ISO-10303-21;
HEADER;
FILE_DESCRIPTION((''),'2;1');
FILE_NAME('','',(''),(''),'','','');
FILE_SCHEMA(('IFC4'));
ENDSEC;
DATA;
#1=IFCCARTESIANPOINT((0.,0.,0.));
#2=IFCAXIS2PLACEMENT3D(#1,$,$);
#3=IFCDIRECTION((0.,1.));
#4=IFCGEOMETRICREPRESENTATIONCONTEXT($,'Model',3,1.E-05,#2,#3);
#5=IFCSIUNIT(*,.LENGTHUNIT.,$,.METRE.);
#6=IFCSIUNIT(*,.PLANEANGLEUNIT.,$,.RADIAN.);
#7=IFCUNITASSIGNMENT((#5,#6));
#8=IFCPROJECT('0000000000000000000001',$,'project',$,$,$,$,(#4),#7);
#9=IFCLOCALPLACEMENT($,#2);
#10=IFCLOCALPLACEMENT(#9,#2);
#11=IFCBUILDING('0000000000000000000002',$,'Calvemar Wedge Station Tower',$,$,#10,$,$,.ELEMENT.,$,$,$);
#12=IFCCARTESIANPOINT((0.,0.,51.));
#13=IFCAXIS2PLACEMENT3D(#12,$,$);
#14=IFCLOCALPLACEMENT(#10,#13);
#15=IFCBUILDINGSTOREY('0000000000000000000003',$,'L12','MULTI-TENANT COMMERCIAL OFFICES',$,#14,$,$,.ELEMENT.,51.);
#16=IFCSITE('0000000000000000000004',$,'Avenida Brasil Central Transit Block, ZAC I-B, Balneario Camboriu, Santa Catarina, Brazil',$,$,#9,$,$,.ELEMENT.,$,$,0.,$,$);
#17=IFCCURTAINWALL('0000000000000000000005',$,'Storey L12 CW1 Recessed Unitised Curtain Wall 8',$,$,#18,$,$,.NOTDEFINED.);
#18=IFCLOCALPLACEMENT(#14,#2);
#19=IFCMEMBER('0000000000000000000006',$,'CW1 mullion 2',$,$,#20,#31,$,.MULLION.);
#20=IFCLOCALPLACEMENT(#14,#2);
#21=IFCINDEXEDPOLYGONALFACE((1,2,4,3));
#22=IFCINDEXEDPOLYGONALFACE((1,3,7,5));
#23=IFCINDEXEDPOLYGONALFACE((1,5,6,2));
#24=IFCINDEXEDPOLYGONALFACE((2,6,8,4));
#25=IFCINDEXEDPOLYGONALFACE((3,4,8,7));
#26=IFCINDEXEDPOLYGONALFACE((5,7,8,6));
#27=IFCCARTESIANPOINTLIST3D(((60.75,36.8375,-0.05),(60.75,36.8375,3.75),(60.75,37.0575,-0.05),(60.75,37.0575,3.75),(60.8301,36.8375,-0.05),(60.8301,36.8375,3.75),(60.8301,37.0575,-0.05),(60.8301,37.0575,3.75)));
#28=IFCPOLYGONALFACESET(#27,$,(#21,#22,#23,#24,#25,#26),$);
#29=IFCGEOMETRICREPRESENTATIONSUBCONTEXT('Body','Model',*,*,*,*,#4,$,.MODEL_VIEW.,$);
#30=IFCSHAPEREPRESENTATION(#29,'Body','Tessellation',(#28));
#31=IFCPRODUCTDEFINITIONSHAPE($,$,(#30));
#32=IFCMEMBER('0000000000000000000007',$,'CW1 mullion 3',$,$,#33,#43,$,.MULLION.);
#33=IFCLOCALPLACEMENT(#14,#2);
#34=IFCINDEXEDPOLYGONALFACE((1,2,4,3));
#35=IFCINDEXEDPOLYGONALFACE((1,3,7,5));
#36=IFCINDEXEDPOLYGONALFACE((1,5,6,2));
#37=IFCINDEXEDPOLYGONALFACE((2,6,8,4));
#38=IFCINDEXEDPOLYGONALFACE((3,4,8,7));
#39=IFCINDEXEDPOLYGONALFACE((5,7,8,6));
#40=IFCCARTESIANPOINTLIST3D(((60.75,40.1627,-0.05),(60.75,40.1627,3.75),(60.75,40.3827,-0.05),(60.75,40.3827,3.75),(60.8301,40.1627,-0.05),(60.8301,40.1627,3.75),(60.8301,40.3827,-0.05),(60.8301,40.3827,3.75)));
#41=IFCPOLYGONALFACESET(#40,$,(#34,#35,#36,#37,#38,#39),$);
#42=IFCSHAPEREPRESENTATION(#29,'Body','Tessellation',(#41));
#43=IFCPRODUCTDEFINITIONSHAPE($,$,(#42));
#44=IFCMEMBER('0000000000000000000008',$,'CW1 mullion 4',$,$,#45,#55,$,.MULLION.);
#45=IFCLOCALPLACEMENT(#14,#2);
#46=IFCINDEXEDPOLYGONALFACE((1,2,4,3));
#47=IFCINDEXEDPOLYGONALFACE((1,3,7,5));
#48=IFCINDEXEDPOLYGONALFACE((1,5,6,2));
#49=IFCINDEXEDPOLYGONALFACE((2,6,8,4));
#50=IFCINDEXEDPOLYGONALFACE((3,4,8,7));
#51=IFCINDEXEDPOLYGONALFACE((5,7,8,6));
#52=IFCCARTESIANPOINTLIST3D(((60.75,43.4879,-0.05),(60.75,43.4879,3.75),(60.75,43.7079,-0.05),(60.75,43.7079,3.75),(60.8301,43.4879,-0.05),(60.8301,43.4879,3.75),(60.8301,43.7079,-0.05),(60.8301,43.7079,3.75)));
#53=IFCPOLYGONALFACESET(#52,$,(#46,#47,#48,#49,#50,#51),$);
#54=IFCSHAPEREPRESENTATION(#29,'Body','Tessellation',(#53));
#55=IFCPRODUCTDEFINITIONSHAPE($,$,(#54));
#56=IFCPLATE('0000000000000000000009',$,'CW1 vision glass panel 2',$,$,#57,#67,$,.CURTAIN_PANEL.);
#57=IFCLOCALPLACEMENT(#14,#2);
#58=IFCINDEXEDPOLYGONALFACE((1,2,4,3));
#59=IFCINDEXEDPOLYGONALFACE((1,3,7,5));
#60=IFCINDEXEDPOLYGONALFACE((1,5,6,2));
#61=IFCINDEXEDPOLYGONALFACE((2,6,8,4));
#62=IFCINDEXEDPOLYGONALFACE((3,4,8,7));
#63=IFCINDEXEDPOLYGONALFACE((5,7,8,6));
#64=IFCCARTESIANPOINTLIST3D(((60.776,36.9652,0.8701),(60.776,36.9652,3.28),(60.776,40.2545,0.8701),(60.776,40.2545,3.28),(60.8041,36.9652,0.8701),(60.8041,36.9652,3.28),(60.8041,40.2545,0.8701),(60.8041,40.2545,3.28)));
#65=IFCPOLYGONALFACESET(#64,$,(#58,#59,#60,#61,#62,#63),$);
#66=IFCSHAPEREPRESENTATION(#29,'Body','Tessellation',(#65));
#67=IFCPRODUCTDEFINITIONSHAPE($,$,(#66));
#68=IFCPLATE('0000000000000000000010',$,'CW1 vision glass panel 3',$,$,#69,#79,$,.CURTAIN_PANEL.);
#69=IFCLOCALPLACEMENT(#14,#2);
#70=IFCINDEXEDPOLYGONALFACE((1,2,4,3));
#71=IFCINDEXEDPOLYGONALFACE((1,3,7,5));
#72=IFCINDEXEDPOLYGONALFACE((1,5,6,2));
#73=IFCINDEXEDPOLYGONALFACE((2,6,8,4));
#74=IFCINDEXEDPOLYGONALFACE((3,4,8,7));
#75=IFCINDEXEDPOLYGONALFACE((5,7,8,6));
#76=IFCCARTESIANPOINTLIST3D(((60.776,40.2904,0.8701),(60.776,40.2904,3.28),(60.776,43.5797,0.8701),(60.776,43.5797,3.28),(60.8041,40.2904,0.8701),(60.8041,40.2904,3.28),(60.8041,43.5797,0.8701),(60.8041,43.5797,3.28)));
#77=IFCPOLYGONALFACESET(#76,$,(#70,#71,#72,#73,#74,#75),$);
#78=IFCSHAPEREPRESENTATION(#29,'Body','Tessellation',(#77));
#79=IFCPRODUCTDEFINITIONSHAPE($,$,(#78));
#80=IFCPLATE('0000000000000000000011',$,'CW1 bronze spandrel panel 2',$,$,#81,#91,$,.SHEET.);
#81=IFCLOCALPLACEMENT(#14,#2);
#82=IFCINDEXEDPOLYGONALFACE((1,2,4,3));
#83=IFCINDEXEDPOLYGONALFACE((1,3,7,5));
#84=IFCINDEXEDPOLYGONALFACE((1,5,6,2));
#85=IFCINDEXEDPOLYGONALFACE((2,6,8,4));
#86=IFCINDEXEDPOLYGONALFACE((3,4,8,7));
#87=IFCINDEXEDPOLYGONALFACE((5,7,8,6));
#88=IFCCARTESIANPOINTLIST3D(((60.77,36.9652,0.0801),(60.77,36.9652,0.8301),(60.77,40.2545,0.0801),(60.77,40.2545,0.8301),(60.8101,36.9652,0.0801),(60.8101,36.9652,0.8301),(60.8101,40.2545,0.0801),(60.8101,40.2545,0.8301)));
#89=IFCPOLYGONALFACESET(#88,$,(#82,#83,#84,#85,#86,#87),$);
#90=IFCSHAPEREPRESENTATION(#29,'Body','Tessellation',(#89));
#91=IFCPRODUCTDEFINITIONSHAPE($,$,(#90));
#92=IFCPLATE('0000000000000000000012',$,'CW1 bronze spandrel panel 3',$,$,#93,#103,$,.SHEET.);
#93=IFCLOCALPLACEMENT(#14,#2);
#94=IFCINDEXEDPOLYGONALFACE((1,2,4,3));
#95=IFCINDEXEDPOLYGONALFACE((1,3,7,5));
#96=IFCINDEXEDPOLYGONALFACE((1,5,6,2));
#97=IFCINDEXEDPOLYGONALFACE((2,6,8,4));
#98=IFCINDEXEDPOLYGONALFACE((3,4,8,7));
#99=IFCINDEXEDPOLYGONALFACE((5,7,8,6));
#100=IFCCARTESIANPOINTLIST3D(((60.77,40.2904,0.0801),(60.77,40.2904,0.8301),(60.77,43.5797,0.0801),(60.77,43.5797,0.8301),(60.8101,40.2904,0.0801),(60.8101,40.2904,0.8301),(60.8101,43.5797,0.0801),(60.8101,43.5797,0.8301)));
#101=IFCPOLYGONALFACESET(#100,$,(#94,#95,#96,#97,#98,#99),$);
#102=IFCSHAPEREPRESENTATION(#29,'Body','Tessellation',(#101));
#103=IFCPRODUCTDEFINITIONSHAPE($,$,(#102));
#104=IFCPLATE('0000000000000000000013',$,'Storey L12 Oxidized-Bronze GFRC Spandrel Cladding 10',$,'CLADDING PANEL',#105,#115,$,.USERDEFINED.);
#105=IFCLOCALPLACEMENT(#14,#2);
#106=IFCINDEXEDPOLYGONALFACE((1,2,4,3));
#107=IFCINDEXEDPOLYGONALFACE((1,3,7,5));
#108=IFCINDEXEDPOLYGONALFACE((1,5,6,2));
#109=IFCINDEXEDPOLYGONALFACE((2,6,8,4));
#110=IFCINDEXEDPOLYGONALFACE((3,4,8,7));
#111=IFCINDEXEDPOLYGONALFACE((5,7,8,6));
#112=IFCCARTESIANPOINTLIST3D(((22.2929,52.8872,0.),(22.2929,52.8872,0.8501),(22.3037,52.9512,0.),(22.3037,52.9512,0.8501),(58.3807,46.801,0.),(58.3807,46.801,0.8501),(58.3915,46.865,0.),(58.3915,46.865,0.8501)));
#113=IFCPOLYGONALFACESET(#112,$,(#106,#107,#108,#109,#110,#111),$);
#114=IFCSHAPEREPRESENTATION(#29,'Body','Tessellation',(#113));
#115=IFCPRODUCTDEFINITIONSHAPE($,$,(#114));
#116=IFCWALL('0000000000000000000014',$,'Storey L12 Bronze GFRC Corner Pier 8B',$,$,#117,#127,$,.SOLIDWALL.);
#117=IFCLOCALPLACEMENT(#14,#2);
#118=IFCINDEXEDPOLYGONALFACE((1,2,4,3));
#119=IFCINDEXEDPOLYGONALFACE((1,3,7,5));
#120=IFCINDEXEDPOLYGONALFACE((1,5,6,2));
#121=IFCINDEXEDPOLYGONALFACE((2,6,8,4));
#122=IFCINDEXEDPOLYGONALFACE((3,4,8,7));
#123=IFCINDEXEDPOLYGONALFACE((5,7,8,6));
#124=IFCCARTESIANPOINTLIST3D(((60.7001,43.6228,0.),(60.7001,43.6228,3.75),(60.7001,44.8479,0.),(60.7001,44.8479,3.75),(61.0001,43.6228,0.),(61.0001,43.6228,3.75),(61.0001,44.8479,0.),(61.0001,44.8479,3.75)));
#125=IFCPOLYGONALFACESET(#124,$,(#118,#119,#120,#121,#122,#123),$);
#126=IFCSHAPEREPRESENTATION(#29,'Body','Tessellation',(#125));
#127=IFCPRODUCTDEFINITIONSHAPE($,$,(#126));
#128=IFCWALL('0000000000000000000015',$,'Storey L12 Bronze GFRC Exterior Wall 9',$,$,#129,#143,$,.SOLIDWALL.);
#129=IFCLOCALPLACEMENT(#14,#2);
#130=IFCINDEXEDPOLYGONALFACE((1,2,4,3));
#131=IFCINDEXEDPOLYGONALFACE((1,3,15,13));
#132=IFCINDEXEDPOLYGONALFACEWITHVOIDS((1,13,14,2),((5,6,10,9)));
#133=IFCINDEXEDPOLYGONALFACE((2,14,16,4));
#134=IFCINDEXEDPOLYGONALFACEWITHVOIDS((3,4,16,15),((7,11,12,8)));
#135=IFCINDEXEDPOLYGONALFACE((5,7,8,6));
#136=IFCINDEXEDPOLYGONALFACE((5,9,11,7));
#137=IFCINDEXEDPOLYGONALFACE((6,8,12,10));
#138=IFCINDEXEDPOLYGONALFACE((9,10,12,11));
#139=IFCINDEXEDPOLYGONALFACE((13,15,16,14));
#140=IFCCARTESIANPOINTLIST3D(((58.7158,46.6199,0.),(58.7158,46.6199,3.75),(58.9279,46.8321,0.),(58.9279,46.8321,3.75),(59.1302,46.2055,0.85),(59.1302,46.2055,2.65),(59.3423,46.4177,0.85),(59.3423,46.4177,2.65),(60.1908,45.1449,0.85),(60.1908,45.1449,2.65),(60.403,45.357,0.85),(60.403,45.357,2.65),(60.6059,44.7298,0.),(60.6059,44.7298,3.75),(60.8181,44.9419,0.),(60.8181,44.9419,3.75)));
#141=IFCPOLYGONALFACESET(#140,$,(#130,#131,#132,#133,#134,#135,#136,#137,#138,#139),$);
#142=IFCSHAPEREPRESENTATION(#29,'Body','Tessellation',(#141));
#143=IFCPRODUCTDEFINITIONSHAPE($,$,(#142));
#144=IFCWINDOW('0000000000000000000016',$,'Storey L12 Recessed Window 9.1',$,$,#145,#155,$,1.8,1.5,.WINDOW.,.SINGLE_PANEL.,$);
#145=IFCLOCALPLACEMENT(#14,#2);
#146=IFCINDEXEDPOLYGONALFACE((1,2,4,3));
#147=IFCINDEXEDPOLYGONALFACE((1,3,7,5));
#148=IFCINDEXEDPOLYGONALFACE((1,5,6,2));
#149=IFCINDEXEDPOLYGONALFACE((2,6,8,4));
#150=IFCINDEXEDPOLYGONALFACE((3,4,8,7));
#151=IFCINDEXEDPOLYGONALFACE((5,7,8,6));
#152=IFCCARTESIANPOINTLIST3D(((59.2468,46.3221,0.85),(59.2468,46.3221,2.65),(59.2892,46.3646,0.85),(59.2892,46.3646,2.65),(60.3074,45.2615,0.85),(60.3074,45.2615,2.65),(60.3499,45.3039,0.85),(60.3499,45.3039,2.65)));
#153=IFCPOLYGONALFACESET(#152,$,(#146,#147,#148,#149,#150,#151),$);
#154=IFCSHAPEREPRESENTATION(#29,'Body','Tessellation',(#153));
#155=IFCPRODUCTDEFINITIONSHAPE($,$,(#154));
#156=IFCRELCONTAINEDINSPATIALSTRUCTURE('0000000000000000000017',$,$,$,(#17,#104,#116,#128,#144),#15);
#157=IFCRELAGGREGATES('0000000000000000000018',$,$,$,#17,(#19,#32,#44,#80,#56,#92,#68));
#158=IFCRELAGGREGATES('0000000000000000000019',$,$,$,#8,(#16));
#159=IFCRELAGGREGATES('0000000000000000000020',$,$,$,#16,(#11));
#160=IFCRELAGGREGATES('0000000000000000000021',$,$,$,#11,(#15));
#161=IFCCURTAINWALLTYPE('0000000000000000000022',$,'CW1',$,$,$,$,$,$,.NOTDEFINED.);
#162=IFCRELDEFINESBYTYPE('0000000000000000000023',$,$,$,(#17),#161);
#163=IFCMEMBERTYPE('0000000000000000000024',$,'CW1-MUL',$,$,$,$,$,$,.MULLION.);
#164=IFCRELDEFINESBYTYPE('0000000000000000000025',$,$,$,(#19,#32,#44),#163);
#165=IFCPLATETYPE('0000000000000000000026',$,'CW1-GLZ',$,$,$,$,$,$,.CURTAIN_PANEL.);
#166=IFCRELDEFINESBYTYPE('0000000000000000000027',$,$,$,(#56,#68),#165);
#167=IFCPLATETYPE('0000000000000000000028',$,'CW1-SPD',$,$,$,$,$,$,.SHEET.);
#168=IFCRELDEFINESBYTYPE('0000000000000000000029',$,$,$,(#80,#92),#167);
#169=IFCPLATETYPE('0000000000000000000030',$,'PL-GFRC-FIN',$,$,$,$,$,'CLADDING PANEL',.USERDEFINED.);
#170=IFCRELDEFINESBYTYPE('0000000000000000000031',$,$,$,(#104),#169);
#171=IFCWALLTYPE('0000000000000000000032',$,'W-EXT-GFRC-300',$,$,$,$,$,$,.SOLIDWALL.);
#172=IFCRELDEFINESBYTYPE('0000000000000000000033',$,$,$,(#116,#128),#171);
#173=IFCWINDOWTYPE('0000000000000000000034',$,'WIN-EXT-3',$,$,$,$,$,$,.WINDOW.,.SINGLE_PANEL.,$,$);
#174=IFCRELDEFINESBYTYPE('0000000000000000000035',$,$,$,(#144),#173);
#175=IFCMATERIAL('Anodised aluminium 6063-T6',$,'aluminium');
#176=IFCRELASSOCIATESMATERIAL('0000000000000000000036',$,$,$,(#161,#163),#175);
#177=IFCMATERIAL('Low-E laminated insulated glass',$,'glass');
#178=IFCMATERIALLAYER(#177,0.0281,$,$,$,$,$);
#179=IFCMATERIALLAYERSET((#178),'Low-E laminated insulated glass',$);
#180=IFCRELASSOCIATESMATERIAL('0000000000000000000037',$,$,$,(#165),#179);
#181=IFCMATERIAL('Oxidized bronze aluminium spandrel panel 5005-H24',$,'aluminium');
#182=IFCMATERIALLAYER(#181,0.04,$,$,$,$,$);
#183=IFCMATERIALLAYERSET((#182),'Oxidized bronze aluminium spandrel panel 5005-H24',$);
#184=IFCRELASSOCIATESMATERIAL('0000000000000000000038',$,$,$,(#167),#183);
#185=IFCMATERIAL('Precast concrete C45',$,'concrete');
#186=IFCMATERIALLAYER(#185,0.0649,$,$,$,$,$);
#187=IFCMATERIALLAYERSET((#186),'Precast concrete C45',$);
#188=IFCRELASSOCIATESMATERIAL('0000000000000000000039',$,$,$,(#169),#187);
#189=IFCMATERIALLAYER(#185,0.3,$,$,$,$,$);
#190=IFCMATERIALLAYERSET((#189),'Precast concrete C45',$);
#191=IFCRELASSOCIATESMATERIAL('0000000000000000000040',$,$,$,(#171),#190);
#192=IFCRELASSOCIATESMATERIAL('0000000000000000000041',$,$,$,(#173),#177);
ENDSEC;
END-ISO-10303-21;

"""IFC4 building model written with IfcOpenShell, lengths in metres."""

from ifc_helpers import new_model, si_unit, direction, frame, frame_2d, origin, origin_2d, place, context, subcontext, project, spatial, rectangle, extrude, source, transform, mapped, material, layer, layer_set, material_profile, profile_set, type_object, element, fill, aggregate, save


model = new_model("IFC4")

# Units and contexts
model_context = context("Model", 3, precision=1e-05, world=origin(), true_north=direction((0.0, 1.0)))
body_context = subcontext(model_context, "Body", "Model", "MODEL_VIEW")
ifc_project = project(units=[si_unit("LENGTHUNIT", "METRE"), si_unit("PLANEANGLEUNIT", "RADIAN")], contexts=[model_context])

# Site, building, storey
site_placement = place(None, origin())
site = spatial("IfcSite", under=ifc_project, at=site_placement, Name="Avenida Brasil Central Transit Block, ZAC I-B, Balneario Camboriu, Santa Catarina, Brazil", CompositionType="ELEMENT", RefElevation=0.0)
building_placement = place(site_placement, origin())
building = spatial("IfcBuilding", under=site, at=building_placement, Name="Calvemar Wedge Station Tower", CompositionType="ELEMENT")
storey_placement = place(building_placement, frame((0.0, 0.0, 51.0)))
storey = spatial("IfcBuildingStorey", under=building, at=storey_placement, Name="L12", Description="MULTI-TENANT COMMERCIAL OFFICES", CompositionType="ELEMENT", Elevation=51.0)

# Curtain wall, members, plates
ifc_material_1 = material(Name="Anodised aluminium 6063-T6", Category="aluminium")
curtain_wall_type = type_object("IfcCurtainWallType", Name="CW1", PredefinedType="NOTDEFINED", material=ifc_material_1)
curtain_wall_placement = place(storey_placement, origin())
curtain_wall = element("IfcCurtainWall", 1, at=curtain_wall_placement, inside=storey, type_object=curtain_wall_type, Name="Storey L12 CW1 Recessed Unitised Curtain Wall 8", PredefinedType="NOTDEFINED")
ifc_material_profile = material_profile(ifc_material_1, rectangle(XDim=0.0801, YDim=0.22, at=origin_2d()), Name="AL-MUL-80x220")
ifc_profile_set = profile_set([ifc_material_profile], Name="Anodised aluminium 6063-T6")
member_type = type_object("IfcMemberType", Name="CW1-MUL", PredefinedType="MULLION", material=ifc_profile_set)
shared_shape_1 = source(origin(), body_context, "Body", "SweptSolid", [
    extrude(rectangle(XDim=0.0801, YDim=0.22, at=origin_2d()), origin(), (0.0, 0.0, 1.0), 3.8),
])
member_1_placement = place(storey_placement, frame((60.79, 36.9475, -0.05), z_axis=(0.0, 0.0, 1.0), x_axis=(1.0, 0.0, 0.0)))
member_1 = element("IfcMember", 2, at=member_1_placement, type_object=member_type, Name="CW1 mullion 2", PredefinedType="MULLION", context=body_context, shape_type="MappedRepresentation", body=[
    mapped(shared_shape_1, transform((0.0, 0.0, 0.0), scale=1.0)),
])
member_2_placement = place(storey_placement, frame((60.79, 40.2727, -0.05), z_axis=(0.0, 0.0, 1.0), x_axis=(1.0, 0.0, 0.0)))
member_2 = element("IfcMember", 3, at=member_2_placement, type_object=member_type, Name="CW1 mullion 3", PredefinedType="MULLION", context=body_context, shape_type="MappedRepresentation", body=[
    mapped(shared_shape_1, transform((0.0, 0.0, 0.0), scale=1.0)),
])
member_3_placement = place(storey_placement, frame((60.79, 43.5979, -0.05), z_axis=(0.0, 0.0, 1.0), x_axis=(1.0, 0.0, 0.0)))
member_3 = element("IfcMember", 4, at=member_3_placement, type_object=member_type, Name="CW1 mullion 4", PredefinedType="MULLION", context=body_context, shape_type="MappedRepresentation", body=[
    mapped(shared_shape_1, transform((0.0, 0.0, 0.0), scale=1.0)),
])
ifc_material_2 = material(Name="Low-E laminated insulated glass", Category="glass")
ifc_layer_1 = layer(ifc_material_2, 0.0281)
ifc_layer_set_1 = layer_set([ifc_layer_1], Name="Low-E laminated insulated glass")
plate_type_1 = type_object("IfcPlateType", Name="CW1-GLZ", PredefinedType="CURTAIN_PANEL", material=ifc_layer_set_1)
plate_1_placement = place(storey_placement, frame((60.79, 36.9653, 0.8701), z_axis=(0.0, 0.0, 1.0), x_axis=(0.0, 1.0, 0.0)))
plate_1 = element("IfcPlate", 5, at=plate_1_placement, type_object=plate_type_1, Name="CW1 vision glass panel 2", PredefinedType="CURTAIN_PANEL", context=body_context, shape_type="SweptSolid", body=[
    extrude(rectangle(XDim=3.2893, YDim=0.0281, at=frame_2d((1.6445, 0.0))), origin(), (0.0, 0.0, 1.0), 2.4099),
])
plate_2_placement = place(storey_placement, frame((60.79, 40.2905, 0.8701), z_axis=(0.0, 0.0, 1.0), x_axis=(0.0, 1.0, 0.0)))
plate_2 = element("IfcPlate", 6, at=plate_2_placement, type_object=plate_type_1, Name="CW1 vision glass panel 3", PredefinedType="CURTAIN_PANEL", context=body_context, shape_type="SweptSolid", body=[
    extrude(rectangle(XDim=3.2893, YDim=0.0281, at=frame_2d((1.6445, 0.0))), origin(), (0.0, 0.0, 1.0), 2.4099),
])
ifc_material_3 = material(Name="Oxidized bronze aluminium spandrel panel 5005-H24", Category="aluminium")
ifc_layer_2 = layer(ifc_material_3, 0.04)
ifc_layer_set_2 = layer_set([ifc_layer_2], Name="Oxidized bronze aluminium spandrel panel 5005-H24")
plate_type_2 = type_object("IfcPlateType", Name="CW1-SPD", PredefinedType="SHEET", material=ifc_layer_set_2)
plate_3_placement = place(storey_placement, frame((60.79, 36.9653, 0.0801), z_axis=(0.0, 0.0, 1.0), x_axis=(0.0, 1.0, 0.0)))
plate_3 = element("IfcPlate", 7, at=plate_3_placement, type_object=plate_type_2, Name="CW1 bronze spandrel panel 2", PredefinedType="SHEET", context=body_context, shape_type="SweptSolid", body=[
    extrude(rectangle(XDim=3.2893, YDim=0.04, at=frame_2d((1.6445, 0.0))), origin(), (0.0, 0.0, 1.0), 0.75),
])
plate_4_placement = place(storey_placement, frame((60.79, 40.2905, 0.0801), z_axis=(0.0, 0.0, 1.0), x_axis=(0.0, 1.0, 0.0)))
plate_4 = element("IfcPlate", 8, at=plate_4_placement, type_object=plate_type_2, Name="CW1 bronze spandrel panel 3", PredefinedType="SHEET", context=body_context, shape_type="SweptSolid", body=[
    extrude(rectangle(XDim=3.2893, YDim=0.04, at=frame_2d((1.6445, 0.0))), origin(), (0.0, 0.0, 1.0), 0.75),
])
aggregate(curtain_wall, [member_1, member_2, member_3, plate_3, plate_1, plate_4, plate_2])

# Plate
ifc_material_4 = material(Name="Precast concrete C45", Category="concrete")
ifc_layer_3 = layer(ifc_material_4, 0.0649)
ifc_layer_set_3 = layer_set([ifc_layer_3], Name="Precast concrete C45")
plate_type_3 = type_object("IfcPlateType", Name="PL-GFRC-FIN", ElementType="CLADDING PANEL", PredefinedType="USERDEFINED", material=ifc_layer_set_3)
plate_5_placement = place(storey_placement, frame((58.3862, 46.833, 0.0), z_axis=(0.0, 0.0, 1.0), x_axis=(-0.986075, 0.1663, 0.0)))
element("IfcPlate", 9, at=plate_5_placement, inside=storey, type_object=plate_type_3, Name="Storey L12 Oxidized-Bronze GFRC Spandrel Cladding 10", ObjectType="CLADDING PANEL", PredefinedType="USERDEFINED", context=body_context, shape_type="SweptSolid", body=[
    extrude(rectangle(XDim=36.5974, YDim=0.0649, at=frame_2d((18.2988, 0.0))), origin(), (0.0, 0.0, 1.0), 0.8501),
])

# Wall
ifc_layer_4 = layer(ifc_material_4, 0.3)
ifc_layer_set_4 = layer_set([ifc_layer_4], Name="Precast concrete C45")
wall_type_1 = type_object("IfcWallType", Name="W-EXT-GFRC-300", PredefinedType="SOLIDWALL", material=ifc_layer_set_4)
wall_1_placement = place(storey_placement, frame((60.8501, 43.6228, 0.0), z_axis=(0.0, 0.0, 1.0), x_axis=(0.0, 1.0, 0.0)))
element("IfcWall", 10, at=wall_1_placement, inside=storey, type_object=wall_type_1, Name="Storey L12 Bronze GFRC Corner Pier 8B", PredefinedType="SOLIDWALL", context=body_context, shape_type="SweptSolid", body=[
    extrude(rectangle(XDim=1.2251, YDim=0.3, at=frame_2d((0.6125, 0.0))), origin(), (0.0, 0.0, 1.0), 3.75),
])

# Wall, opening, window
wall_2_placement = place(storey_placement, frame((60.7119, 44.8359, 0.0), z_axis=(0.0, 0.0, 1.0), x_axis=(-0.707107, 0.707107, 0.0)))
wall_2 = element("IfcWall", 11, at=wall_2_placement, inside=storey, type_object=wall_type_1, Name="Storey L12 Bronze GFRC Exterior Wall 9", PredefinedType="SOLIDWALL", context=body_context, shape_type="SweptSolid", body=[
    extrude(rectangle(XDim=2.6731, YDim=0.3, at=frame_2d((1.3364, 0.0))), origin(), (0.0, 0.0, 1.0), 3.75),
])
shared_shape_2 = source(origin(), body_context, "Body", "SweptSolid", [
    extrude(rectangle(XDim=1.5, YDim=1.8, at=frame_2d((0.75, 0.8999))), frame((0.0, 0.1602, 0.0), z_axis=(0.0, -1.0, 0.0), x_axis=(1.0, 0.0, 0.0)), (0.0, 0.0, 1.0), 0.3201),
])
opening_1_placement = place(wall_2_placement, frame((0.5869, 0.0, 0.8501)))
opening_1 = element("IfcOpeningElement", 12, at=opening_1_placement, cuts=wall_2, PredefinedType="OPENING", context=body_context, shape_type="MappedRepresentation", body=[
    mapped(shared_shape_2, transform((0.0, 0.0, 0.0), scale=1.0)),
])
window_type_1 = type_object("IfcWindowType", Name="WIN-EXT-3", PartitioningType="SINGLE_PANEL", PredefinedType="WINDOW", material=ifc_material_2)
shared_shape_3 = source(origin(), body_context, "Body", "SweptSolid", [
    extrude(rectangle(XDim=1.5, YDim=1.8, at=frame_2d((0.75, 0.8999))), frame((0.0, -0.0149, 0.0), z_axis=(0.0, -1.0, 0.0), x_axis=(1.0, 0.0, 0.0)), (0.0, 0.0, 1.0), 0.0601),
])
window_1_placement = place(opening_1_placement, origin())
window_1 = element("IfcWindow", 13, at=window_1_placement, inside=storey, type_object=window_type_1, Name="Storey L12 Recessed Window 9.1", OverallHeight=1.8, OverallWidth=1.5, PartitioningType="SINGLE_PANEL", PredefinedType="WINDOW", context=body_context, shape_type="MappedRepresentation", body=[
    mapped(shared_shape_3, transform((0.0, 0.0, 0.0), scale=1.0)),
])
fill(opening_1, window_1)

save(model, "model.ifc")
